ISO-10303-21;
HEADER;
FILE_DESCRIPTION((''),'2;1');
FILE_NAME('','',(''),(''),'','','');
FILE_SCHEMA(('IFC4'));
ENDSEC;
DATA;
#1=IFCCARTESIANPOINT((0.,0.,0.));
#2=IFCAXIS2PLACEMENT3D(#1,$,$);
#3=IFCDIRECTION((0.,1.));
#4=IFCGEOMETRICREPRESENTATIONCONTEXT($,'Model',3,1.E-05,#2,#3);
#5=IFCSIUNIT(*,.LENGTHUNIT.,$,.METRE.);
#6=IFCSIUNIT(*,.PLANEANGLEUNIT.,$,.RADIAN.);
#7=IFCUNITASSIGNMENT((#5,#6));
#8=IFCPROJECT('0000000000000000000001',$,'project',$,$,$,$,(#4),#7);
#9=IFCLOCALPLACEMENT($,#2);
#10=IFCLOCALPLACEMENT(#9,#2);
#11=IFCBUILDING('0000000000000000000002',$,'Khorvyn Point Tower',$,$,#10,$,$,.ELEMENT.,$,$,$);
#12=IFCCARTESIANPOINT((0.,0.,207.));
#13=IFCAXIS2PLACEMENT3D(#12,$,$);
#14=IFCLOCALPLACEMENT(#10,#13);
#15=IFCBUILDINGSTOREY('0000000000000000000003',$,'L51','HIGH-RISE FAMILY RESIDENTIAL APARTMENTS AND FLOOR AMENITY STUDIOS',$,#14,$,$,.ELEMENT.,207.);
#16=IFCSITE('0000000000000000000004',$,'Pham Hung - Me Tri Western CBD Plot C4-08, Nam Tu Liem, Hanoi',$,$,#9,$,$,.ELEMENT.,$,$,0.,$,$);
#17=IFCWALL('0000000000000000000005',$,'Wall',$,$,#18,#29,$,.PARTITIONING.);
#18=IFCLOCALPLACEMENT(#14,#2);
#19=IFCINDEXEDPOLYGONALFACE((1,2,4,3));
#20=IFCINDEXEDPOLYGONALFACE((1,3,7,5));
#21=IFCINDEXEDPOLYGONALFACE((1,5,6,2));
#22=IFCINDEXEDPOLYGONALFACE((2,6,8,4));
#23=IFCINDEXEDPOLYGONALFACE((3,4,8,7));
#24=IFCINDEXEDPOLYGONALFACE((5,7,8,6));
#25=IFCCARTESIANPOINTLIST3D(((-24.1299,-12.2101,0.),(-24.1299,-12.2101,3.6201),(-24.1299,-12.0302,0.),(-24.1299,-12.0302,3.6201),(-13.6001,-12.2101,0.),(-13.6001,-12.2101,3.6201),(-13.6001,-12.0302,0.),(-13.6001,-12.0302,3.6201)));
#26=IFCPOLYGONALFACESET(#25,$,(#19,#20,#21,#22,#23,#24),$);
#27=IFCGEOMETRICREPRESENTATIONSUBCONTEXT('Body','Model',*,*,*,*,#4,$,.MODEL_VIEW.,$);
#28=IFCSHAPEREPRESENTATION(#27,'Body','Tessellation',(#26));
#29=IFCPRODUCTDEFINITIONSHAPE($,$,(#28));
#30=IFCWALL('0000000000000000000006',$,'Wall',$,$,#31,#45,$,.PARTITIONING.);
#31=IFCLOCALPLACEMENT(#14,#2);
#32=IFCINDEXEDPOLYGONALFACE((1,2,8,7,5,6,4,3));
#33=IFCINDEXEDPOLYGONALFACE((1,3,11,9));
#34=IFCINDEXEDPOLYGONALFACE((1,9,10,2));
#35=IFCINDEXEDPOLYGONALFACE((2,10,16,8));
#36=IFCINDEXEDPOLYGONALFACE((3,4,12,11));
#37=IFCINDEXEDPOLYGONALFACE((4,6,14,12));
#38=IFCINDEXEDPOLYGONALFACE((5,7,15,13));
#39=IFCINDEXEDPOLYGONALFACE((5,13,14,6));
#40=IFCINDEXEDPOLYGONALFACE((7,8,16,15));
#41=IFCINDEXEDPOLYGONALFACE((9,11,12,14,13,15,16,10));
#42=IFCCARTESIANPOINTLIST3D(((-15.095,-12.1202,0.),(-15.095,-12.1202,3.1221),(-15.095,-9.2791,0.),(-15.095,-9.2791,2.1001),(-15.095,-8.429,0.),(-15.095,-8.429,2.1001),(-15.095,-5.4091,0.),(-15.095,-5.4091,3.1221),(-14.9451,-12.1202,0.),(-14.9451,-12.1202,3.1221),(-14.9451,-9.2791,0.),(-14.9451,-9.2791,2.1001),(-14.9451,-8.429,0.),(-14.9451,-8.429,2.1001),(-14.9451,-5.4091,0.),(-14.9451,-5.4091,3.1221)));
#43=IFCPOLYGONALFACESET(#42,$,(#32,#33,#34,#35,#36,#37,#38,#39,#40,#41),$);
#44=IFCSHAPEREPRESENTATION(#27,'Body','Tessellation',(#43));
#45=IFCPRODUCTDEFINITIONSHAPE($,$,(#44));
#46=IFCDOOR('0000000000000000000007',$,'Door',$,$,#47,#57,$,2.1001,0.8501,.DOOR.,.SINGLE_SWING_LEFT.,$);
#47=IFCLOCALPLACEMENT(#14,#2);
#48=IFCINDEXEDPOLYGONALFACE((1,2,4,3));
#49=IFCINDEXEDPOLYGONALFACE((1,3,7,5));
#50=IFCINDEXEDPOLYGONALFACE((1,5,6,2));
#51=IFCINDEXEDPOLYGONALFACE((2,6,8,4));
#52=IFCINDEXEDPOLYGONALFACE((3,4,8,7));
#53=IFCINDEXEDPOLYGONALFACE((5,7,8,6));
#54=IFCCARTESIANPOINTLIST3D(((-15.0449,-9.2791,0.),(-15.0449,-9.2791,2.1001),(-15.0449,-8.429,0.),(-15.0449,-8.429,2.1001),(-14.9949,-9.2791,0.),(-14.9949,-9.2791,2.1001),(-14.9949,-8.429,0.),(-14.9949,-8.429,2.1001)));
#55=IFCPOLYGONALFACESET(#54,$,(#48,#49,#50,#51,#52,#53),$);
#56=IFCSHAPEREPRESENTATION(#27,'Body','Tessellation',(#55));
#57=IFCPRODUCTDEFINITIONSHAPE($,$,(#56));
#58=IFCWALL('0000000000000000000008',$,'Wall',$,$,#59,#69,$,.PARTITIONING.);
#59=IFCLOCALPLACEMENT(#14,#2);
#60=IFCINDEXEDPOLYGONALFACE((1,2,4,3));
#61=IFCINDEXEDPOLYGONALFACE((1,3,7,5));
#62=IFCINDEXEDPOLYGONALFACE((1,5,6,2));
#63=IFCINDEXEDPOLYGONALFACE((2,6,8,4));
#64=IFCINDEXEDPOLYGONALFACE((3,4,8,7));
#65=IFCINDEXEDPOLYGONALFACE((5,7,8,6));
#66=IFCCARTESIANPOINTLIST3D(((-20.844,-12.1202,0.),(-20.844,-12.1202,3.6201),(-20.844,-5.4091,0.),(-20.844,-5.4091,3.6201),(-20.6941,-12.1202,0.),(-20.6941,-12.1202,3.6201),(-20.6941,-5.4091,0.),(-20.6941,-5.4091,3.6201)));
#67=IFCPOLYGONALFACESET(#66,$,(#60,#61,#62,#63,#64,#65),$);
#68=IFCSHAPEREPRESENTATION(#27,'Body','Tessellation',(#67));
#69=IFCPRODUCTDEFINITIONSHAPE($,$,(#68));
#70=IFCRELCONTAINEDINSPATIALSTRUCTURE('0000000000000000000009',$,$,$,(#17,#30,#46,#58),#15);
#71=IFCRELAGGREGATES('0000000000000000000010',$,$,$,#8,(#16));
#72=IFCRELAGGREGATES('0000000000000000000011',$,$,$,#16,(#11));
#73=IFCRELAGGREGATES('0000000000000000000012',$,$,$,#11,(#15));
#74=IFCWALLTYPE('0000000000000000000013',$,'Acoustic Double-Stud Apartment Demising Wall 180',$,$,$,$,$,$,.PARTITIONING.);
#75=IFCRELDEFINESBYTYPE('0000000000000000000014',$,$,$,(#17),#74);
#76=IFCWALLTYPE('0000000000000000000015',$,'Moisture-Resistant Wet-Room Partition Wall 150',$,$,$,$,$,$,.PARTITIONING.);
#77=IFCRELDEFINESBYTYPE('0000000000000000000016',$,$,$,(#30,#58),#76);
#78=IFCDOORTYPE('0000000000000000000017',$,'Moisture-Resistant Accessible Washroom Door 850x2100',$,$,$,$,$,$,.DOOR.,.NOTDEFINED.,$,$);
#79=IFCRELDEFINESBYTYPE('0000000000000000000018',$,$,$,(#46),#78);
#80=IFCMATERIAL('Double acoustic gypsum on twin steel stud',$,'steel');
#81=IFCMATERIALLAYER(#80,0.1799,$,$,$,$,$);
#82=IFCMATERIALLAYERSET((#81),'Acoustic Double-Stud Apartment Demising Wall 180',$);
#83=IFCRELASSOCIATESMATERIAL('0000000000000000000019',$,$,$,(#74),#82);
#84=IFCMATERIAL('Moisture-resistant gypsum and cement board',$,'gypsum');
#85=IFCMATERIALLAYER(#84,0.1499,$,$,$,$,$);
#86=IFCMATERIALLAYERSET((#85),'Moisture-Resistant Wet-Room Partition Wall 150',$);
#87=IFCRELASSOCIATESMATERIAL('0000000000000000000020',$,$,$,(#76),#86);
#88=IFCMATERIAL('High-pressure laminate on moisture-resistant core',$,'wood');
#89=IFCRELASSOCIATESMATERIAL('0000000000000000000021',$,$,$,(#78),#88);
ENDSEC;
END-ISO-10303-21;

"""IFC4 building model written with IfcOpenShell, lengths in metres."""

from ifc_helpers import new_model, si_unit, direction, frame, frame_2d, origin, place, context, subcontext, project, spatial, rectangle, extrude, material, layer, layer_set, type_object, element, fill, save


model = new_model("IFC4")

# Units and contexts
model_context = context("Model", 3, precision=1e-05, world=origin(), true_north=direction((0.0, 1.0)))
body_context = subcontext(model_context, "Body", "Model", "MODEL_VIEW")
ifc_project = project(units=[si_unit("LENGTHUNIT", "METRE"), si_unit("PLANEANGLEUNIT", "RADIAN")], contexts=[model_context])

# Site, building, storey
site_placement = place(None, origin())
site = spatial("IfcSite", under=ifc_project, at=site_placement, Name="Pham Hung - Me Tri Western CBD Plot C4-08, Nam Tu Liem, Hanoi", CompositionType="ELEMENT", RefElevation=0.0)
building_placement = place(site_placement, origin())
building = spatial("IfcBuilding", under=site, at=building_placement, Name="Khorvyn Point Tower", CompositionType="ELEMENT")
storey_placement = place(building_placement, frame((0.0, 0.0, 207.0)))
storey = spatial("IfcBuildingStorey", under=building, at=storey_placement, Name="L51", Description="HIGH-RISE FAMILY RESIDENTIAL APARTMENTS AND FLOOR AMENITY STUDIOS", CompositionType="ELEMENT", Elevation=207.0)

# Shared definitions
ifc_material_1 = material(Name="Double acoustic gypsum on twin steel stud", Category="steel")
ifc_layer_1 = layer(ifc_material_1, 0.1799)
ifc_layer_set_1 = layer_set([ifc_layer_1], Name="Acoustic Double-Stud Apartment Demising Wall 180")
wall_type_1 = type_object("IfcWallType", Name="Acoustic Double-Stud Apartment Demising Wall 180", PredefinedType="PARTITIONING", material=ifc_layer_set_1)

# Wall
wall_1_placement = place(storey_placement, frame((-24.1299, -12.1201, 0.0), z_axis=(0.0, 0.0, 1.0), x_axis=(1.0, 0.0, 0.0)))
element("IfcWall", 1, at=wall_1_placement, inside=storey, type_object=wall_type_1, Name="Wall", PredefinedType="PARTITIONING", context=body_context, shape_type="SweptSolid", body=[
    extrude(rectangle(XDim=10.5298, YDim=0.1799, at=frame_2d((5.2649, 0.0))), origin(), (0.0, 0.0, 1.0), 3.6201),
])

# Wall, opening, door
ifc_material_2 = material(Name="Moisture-resistant gypsum and cement board", Category="gypsum")
ifc_layer_2 = layer(ifc_material_2, 0.1499)
ifc_layer_set_2 = layer_set([ifc_layer_2], Name="Moisture-Resistant Wet-Room Partition Wall 150")
wall_type_2 = type_object("IfcWallType", Name="Moisture-Resistant Wet-Room Partition Wall 150", PredefinedType="PARTITIONING", material=ifc_layer_set_2)
wall_2_placement = place(storey_placement, frame((-15.02, -12.1201, 0.0), z_axis=(0.0, 0.0, 1.0), x_axis=(0.0, 1.0, 0.0)))
wall_2 = element("IfcWall", 2, at=wall_2_placement, inside=storey, type_object=wall_type_2, Name="Wall", PredefinedType="PARTITIONING", context=body_context, shape_type="SweptSolid", body=[
    extrude(rectangle(XDim=6.7112, YDim=0.1499, at=frame_2d((3.3555, 0.0))), origin(), (0.0, 0.0, 1.0), 3.1221),
])
opening_1_placement = place(wall_2_placement, frame((2.8411, 0.0, 0.0)))
opening_1 = element("IfcOpeningElement", 3, at=opening_1_placement, cuts=wall_2, PredefinedType="OPENING", context=body_context, shape_type="SweptSolid", body=[
    extrude(rectangle(XDim=0.8501, YDim=2.1001, at=frame_2d((0.425, 1.05))), frame((0.0, 0.085, 0.0), z_axis=(0.0, -1.0, 0.0), x_axis=(1.0, 0.0, 0.0)), (0.0, 0.0, 1.0), 0.1699),
])
ifc_material_3 = material(Name="High-pressure laminate on moisture-resistant core", Category="wood")
door_type_1 = type_object("IfcDoorType", Name="Moisture-Resistant Accessible Washroom Door 850x2100", OperationType="NOTDEFINED", PredefinedType="DOOR", material=ifc_material_3)
door_1_placement = place(opening_1_placement, origin())
door_1 = element("IfcDoor", 4, at=door_1_placement, inside=storey, type_object=door_type_1, Name="Door", OperationType="SINGLE_SWING_LEFT", OverallHeight=2.1001, OverallWidth=0.8501, PredefinedType="DOOR", context=body_context, shape_type="SweptSolid", body=[
    extrude(rectangle(XDim=0.8501, YDim=2.1001, at=frame_2d((0.425, 1.05))), frame((0.0, 0.0249, 0.0), z_axis=(0.0, -1.0, 0.0), x_axis=(1.0, 0.0, 0.0)), (0.0, 0.0, 1.0), 0.05),
])
fill(opening_1, door_1)

# Wall
wall_3_placement = place(storey_placement, frame((-20.769, -12.1201, 0.0), z_axis=(0.0, 0.0, 1.0), x_axis=(0.0, 1.0, 0.0)))
element("IfcWall", 5, at=wall_3_placement, inside=storey, type_object=wall_type_2, Name="Wall", PredefinedType="PARTITIONING", context=body_context, shape_type="SweptSolid", body=[
    extrude(rectangle(XDim=6.7112, YDim=0.1499, at=frame_2d((3.3555, 0.0))), origin(), (0.0, 0.0, 1.0), 3.6201),
])

save(model, "model.ifc")
